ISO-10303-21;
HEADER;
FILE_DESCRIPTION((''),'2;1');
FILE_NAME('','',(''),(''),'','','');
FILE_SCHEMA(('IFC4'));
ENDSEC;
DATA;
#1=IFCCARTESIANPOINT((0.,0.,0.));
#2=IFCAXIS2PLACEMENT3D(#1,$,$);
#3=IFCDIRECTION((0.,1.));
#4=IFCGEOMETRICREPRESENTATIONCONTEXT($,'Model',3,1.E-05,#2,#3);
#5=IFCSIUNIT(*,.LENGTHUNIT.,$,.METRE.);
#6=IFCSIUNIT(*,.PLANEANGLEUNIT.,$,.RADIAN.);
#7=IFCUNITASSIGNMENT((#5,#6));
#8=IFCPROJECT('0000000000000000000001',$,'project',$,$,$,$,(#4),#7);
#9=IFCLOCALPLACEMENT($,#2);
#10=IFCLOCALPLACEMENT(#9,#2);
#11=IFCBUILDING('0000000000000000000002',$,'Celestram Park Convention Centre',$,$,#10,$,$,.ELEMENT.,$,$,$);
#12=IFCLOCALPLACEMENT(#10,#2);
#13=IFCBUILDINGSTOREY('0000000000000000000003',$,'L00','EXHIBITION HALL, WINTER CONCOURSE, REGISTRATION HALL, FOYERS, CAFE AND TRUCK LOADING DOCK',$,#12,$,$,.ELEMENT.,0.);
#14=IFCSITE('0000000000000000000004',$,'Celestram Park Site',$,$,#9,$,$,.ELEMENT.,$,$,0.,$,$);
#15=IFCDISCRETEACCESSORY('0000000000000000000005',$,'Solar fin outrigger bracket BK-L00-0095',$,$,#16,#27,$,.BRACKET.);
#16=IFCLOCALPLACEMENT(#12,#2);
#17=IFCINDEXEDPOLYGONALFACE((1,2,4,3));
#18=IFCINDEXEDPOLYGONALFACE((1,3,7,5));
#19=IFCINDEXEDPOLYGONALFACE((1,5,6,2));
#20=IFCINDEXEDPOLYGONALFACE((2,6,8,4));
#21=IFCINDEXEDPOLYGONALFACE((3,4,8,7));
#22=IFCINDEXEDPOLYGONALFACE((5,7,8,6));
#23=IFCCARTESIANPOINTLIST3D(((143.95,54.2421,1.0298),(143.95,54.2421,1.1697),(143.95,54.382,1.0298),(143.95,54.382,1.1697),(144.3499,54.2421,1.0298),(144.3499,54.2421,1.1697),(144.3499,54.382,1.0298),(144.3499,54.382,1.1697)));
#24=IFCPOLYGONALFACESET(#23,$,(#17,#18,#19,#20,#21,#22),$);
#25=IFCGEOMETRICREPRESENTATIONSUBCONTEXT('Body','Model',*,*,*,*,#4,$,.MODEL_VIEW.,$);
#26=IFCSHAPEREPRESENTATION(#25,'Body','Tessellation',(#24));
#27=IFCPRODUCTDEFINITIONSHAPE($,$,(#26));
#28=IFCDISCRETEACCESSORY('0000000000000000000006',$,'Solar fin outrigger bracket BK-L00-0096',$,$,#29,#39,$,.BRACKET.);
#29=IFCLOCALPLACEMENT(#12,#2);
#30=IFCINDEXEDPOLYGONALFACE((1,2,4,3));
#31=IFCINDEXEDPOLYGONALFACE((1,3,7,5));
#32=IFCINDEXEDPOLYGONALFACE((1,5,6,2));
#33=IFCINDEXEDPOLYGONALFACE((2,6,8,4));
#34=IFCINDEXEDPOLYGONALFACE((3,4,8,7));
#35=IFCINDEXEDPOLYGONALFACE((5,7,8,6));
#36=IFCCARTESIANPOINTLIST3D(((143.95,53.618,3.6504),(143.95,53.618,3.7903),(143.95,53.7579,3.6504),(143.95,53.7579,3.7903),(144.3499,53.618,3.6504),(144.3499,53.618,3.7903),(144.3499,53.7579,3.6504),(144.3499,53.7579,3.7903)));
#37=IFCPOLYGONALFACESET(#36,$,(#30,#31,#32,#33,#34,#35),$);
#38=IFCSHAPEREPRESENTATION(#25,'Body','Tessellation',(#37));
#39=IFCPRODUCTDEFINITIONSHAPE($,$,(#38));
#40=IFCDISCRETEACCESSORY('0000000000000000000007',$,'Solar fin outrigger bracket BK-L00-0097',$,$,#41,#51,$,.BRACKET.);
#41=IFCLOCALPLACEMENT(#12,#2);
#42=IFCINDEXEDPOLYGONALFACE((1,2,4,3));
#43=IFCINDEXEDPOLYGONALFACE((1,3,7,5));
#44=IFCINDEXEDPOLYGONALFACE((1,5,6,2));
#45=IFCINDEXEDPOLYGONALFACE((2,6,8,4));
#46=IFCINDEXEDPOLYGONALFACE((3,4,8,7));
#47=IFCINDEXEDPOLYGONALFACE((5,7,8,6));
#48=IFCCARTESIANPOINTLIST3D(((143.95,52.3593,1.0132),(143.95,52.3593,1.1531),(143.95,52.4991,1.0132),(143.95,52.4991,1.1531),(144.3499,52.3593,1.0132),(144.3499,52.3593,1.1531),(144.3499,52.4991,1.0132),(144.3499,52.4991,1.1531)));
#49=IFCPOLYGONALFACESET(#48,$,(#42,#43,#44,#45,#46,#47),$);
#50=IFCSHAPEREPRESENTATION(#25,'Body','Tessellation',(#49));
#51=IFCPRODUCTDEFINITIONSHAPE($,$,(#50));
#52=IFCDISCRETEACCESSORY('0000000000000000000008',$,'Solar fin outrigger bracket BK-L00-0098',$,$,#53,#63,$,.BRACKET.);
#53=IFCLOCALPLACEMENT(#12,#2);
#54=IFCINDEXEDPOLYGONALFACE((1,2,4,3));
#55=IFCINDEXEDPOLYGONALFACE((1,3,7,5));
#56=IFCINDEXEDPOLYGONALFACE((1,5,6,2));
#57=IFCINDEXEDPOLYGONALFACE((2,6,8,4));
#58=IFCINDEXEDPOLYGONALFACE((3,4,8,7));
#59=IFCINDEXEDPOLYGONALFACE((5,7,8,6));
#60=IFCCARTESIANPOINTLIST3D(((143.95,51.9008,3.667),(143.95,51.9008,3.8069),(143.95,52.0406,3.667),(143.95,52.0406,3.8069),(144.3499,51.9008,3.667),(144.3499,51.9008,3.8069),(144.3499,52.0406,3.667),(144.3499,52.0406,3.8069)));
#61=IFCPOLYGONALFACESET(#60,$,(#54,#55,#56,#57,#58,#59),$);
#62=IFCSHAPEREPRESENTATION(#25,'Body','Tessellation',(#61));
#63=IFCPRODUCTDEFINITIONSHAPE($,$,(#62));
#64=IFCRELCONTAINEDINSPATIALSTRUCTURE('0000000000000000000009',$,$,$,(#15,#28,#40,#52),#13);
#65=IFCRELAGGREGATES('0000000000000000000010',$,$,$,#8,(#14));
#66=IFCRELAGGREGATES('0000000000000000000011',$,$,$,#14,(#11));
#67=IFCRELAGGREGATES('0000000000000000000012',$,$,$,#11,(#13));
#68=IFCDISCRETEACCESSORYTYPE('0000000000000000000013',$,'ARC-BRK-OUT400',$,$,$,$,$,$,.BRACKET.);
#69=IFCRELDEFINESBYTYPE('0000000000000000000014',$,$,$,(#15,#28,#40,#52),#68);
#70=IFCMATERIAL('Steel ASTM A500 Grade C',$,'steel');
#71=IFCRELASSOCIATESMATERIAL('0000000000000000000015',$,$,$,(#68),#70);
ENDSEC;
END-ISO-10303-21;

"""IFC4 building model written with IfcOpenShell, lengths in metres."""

from ifc_helpers import new_model, si_unit, direction, frame, origin, origin_2d, place, context, subcontext, project, spatial, rectangle, extrude, material, type_object, element, save


model = new_model("IFC4")

# Units and contexts
model_context = context("Model", 3, precision=1e-05, world=origin(), true_north=direction((0.0, 1.0)))
body_context = subcontext(model_context, "Body", "Model", "MODEL_VIEW")
ifc_project = project(units=[si_unit("LENGTHUNIT", "METRE"), si_unit("PLANEANGLEUNIT", "RADIAN")], contexts=[model_context])

# Site, building, storey
site_placement = place(None, origin())
site = spatial("IfcSite", under=ifc_project, at=site_placement, Name="Celestram Park Site", CompositionType="ELEMENT", RefElevation=0.0)
building_placement = place(site_placement, origin())
building = spatial("IfcBuilding", under=site, at=building_placement, Name="Celestram Park Convention Centre", CompositionType="ELEMENT")
storey_placement = place(building_placement, origin())
storey = spatial("IfcBuildingStorey", under=building, at=storey_placement, Name="L00", Description="EXHIBITION HALL, WINTER CONCOURSE, REGISTRATION HALL, FOYERS, CAFE AND TRUCK LOADING DOCK", CompositionType="ELEMENT", Elevation=0.0)

# Shared definitions
ifc_material_1 = material(Name="Steel ASTM A500 Grade C", Category="steel")

# Discrete accessories
discrete_accessory_type = type_object("IfcDiscreteAccessoryType", Name="ARC-BRK-OUT400", PredefinedType="BRACKET", material=ifc_material_1)
for number, where, z_axis, x_axis, name in (
    (1, (144.1499, 54.312, 1.0298), (0.0, 0.0, 1.0), (1.0, 0.0, 0.0), "Solar fin outrigger bracket BK-L00-0095"),
    (2, (144.1499, 53.688, 3.6504), (0.0, 0.0, 1.0), (1.0, 0.0, 0.0), "Solar fin outrigger bracket BK-L00-0096"),
    (3, (144.1499, 52.4292, 1.0132), (0.0, 0.0, 1.0), (1.0, 0.0, 0.0), "Solar fin outrigger bracket BK-L00-0097"),
    (4, (144.1499, 51.9707, 3.667), (0.0, 0.0, 1.0), (1.0, 0.0, 0.0), "Solar fin outrigger bracket BK-L00-0098"),
):
    element("IfcDiscreteAccessory", number, at=place(storey_placement, frame(where, z_axis=z_axis, x_axis=x_axis)), inside=storey, type_object=discrete_accessory_type, Name=name, PredefinedType="BRACKET", context=body_context, shape_type="SweptSolid", body=[
        extrude(rectangle(XDim=0.3999, YDim=0.1399, at=origin_2d()), origin(), (0.0, 0.0, 1.0), 0.1399),
    ])

save(model, "model.ifc")
